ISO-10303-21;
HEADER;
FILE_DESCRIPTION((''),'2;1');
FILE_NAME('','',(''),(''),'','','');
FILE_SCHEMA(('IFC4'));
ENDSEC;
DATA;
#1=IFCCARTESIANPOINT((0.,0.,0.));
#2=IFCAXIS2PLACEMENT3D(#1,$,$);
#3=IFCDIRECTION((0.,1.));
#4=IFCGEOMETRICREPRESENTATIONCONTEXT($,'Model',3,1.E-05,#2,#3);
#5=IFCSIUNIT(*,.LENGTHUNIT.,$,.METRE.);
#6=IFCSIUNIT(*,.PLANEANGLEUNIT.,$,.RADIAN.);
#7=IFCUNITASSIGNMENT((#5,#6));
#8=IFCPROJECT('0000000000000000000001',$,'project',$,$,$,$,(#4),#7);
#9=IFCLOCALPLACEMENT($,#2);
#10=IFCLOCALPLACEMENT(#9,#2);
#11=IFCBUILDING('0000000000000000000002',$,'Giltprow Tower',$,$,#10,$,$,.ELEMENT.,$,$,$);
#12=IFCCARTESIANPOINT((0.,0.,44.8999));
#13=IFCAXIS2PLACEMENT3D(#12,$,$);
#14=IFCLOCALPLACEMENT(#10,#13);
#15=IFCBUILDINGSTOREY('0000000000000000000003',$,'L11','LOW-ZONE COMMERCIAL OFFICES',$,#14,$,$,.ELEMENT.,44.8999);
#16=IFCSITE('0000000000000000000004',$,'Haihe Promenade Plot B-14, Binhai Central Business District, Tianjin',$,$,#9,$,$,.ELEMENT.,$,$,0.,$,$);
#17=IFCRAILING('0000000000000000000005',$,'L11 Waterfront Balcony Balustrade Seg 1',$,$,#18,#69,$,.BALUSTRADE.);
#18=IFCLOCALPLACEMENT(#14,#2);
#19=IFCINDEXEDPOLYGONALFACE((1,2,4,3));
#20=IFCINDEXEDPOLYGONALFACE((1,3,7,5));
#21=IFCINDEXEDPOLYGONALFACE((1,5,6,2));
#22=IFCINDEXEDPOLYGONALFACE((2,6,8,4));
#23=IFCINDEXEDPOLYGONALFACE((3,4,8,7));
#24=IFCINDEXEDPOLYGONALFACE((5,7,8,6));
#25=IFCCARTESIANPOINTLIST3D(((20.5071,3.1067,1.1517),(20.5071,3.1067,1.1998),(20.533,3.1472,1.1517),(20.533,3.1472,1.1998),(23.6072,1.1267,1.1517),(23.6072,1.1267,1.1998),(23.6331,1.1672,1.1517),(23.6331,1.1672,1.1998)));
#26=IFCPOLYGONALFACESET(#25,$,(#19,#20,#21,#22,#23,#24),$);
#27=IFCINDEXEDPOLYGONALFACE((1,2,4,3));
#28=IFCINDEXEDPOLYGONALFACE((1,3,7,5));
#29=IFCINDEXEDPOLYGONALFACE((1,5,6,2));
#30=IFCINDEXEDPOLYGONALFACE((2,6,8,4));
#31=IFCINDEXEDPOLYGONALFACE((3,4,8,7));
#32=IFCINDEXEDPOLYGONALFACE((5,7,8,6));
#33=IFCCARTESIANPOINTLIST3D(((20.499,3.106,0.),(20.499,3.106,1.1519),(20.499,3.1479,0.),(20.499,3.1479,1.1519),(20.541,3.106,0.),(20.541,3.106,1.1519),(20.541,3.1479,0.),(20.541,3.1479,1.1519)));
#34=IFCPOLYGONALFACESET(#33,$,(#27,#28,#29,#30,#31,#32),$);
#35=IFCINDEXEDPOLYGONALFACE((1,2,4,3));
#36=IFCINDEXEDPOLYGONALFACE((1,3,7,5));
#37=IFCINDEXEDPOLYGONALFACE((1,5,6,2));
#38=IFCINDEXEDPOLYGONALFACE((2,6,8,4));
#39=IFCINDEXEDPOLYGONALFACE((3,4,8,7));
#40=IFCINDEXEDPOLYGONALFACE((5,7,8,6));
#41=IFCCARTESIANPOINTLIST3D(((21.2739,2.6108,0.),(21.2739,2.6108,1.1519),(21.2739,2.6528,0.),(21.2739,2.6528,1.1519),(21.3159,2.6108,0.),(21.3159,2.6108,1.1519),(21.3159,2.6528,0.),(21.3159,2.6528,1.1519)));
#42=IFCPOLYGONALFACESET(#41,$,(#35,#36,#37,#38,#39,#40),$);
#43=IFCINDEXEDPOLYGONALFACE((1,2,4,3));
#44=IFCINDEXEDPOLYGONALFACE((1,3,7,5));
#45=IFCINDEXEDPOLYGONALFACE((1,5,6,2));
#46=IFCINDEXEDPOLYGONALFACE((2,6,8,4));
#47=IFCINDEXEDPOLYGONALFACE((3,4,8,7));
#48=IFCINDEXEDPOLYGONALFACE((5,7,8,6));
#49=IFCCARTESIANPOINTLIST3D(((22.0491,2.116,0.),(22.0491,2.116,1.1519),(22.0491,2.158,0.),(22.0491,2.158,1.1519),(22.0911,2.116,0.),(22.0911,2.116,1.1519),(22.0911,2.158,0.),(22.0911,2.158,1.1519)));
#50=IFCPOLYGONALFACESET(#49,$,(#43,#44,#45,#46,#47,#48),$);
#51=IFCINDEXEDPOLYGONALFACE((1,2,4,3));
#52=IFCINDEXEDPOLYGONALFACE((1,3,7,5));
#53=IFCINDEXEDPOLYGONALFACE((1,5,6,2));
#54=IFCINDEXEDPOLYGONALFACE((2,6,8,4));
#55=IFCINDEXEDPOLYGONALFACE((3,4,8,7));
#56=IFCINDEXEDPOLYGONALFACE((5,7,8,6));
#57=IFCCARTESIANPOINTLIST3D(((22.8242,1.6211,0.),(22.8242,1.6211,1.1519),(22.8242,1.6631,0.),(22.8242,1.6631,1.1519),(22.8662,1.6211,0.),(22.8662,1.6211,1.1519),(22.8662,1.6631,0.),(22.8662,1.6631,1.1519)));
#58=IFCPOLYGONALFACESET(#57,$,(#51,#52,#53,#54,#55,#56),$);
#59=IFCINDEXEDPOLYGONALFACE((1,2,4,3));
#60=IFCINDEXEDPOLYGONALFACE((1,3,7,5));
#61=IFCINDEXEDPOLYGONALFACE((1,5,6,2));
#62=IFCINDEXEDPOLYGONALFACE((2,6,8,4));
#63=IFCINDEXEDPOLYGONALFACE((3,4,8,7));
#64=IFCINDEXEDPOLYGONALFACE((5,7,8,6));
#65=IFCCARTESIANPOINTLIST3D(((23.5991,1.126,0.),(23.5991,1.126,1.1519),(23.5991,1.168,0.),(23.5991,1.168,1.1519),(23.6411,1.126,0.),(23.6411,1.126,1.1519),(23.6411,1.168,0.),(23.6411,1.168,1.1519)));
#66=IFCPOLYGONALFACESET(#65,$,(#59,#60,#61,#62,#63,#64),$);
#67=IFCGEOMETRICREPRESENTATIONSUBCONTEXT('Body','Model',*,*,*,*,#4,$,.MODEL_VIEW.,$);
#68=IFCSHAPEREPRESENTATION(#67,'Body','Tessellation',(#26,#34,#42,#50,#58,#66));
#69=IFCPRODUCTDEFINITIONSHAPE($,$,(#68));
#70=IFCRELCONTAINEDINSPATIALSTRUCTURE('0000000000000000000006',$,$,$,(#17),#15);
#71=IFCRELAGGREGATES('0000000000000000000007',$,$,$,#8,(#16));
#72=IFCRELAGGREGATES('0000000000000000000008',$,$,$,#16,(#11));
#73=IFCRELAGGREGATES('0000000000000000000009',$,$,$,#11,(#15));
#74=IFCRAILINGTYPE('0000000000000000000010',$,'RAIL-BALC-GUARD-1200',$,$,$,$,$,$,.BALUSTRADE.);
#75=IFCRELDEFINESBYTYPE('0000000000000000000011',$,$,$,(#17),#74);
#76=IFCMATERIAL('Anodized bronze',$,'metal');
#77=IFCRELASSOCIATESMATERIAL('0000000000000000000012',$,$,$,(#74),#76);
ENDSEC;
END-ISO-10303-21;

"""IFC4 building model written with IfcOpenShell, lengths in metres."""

from ifc_helpers import new_model, si_unit, direction, frame, origin, origin_2d, place, context, subcontext, project, spatial, rectangle, extrude, material, type_object, element, save


model = new_model("IFC4")

# Units and contexts
model_context = context("Model", 3, precision=1e-05, world=origin(), true_north=direction((0.0, 1.0)))
body_context = subcontext(model_context, "Body", "Model", "MODEL_VIEW")
ifc_project = project(units=[si_unit("LENGTHUNIT", "METRE"), si_unit("PLANEANGLEUNIT", "RADIAN")], contexts=[model_context])

# Site, building, storey
site_placement = place(None, origin())
site = spatial("IfcSite", under=ifc_project, at=site_placement, Name="Haihe Promenade Plot B-14, Binhai Central Business District, Tianjin", CompositionType="ELEMENT", RefElevation=0.0)
building_placement = place(site_placement, origin())
building = spatial("IfcBuilding", under=site, at=building_placement, Name="Giltprow Tower", CompositionType="ELEMENT")
storey_placement = place(building_placement, frame((0.0, 0.0, 44.8999)))
storey = spatial("IfcBuildingStorey", under=building, at=storey_placement, Name="L11", Description="LOW-ZONE COMMERCIAL OFFICES", CompositionType="ELEMENT", Elevation=44.8999)

# Railing
ifc_material_1 = material(Name="Anodized bronze", Category="metal")
railing_type = type_object("IfcRailingType", Name="RAIL-BALC-GUARD-1200", PredefinedType="BALUSTRADE", material=ifc_material_1)
railing_1_placement = place(storey_placement, frame((20.52, 3.127, 0.0)))
element("IfcRailing", 1, at=railing_1_placement, inside=storey, type_object=railing_type, Name="L11 Waterfront Balcony Balustrade Seg 1", PredefinedType="BALUSTRADE", context=body_context, shape_type="SweptSolid", body=[
    extrude(rectangle(XDim=0.0481, YDim=0.0481, at=origin_2d()), frame((0.0, 0.0, 1.1758), z_axis=(0.842775, -0.538266, 0.0), x_axis=(0.538266, 0.842775, 0.0)), (0.0, 0.0, 1.0), 3.6785),
    extrude(rectangle(XDim=0.042, YDim=0.042, at=origin_2d()), origin(), (0.0, 0.0, 1.0), 1.1519),
    extrude(rectangle(XDim=0.042, YDim=0.042, at=origin_2d()), frame((0.7749, -0.4951, 0.0)), (0.0, 0.0, 1.0), 1.1519),
    extrude(rectangle(XDim=0.042, YDim=0.042, at=origin_2d()), frame((1.55, -0.99, 0.0)), (0.0, 0.0, 1.0), 1.1519),
    extrude(rectangle(XDim=0.042, YDim=0.042, at=origin_2d()), frame((2.3252, -1.4849, 0.0)), (0.0, 0.0, 1.0), 1.1519),
    extrude(rectangle(XDim=0.042, YDim=0.042, at=origin_2d()), frame((3.1001, -1.98, 0.0)), (0.0, 0.0, 1.0), 1.1519),
])

save(model, "model.ifc")
